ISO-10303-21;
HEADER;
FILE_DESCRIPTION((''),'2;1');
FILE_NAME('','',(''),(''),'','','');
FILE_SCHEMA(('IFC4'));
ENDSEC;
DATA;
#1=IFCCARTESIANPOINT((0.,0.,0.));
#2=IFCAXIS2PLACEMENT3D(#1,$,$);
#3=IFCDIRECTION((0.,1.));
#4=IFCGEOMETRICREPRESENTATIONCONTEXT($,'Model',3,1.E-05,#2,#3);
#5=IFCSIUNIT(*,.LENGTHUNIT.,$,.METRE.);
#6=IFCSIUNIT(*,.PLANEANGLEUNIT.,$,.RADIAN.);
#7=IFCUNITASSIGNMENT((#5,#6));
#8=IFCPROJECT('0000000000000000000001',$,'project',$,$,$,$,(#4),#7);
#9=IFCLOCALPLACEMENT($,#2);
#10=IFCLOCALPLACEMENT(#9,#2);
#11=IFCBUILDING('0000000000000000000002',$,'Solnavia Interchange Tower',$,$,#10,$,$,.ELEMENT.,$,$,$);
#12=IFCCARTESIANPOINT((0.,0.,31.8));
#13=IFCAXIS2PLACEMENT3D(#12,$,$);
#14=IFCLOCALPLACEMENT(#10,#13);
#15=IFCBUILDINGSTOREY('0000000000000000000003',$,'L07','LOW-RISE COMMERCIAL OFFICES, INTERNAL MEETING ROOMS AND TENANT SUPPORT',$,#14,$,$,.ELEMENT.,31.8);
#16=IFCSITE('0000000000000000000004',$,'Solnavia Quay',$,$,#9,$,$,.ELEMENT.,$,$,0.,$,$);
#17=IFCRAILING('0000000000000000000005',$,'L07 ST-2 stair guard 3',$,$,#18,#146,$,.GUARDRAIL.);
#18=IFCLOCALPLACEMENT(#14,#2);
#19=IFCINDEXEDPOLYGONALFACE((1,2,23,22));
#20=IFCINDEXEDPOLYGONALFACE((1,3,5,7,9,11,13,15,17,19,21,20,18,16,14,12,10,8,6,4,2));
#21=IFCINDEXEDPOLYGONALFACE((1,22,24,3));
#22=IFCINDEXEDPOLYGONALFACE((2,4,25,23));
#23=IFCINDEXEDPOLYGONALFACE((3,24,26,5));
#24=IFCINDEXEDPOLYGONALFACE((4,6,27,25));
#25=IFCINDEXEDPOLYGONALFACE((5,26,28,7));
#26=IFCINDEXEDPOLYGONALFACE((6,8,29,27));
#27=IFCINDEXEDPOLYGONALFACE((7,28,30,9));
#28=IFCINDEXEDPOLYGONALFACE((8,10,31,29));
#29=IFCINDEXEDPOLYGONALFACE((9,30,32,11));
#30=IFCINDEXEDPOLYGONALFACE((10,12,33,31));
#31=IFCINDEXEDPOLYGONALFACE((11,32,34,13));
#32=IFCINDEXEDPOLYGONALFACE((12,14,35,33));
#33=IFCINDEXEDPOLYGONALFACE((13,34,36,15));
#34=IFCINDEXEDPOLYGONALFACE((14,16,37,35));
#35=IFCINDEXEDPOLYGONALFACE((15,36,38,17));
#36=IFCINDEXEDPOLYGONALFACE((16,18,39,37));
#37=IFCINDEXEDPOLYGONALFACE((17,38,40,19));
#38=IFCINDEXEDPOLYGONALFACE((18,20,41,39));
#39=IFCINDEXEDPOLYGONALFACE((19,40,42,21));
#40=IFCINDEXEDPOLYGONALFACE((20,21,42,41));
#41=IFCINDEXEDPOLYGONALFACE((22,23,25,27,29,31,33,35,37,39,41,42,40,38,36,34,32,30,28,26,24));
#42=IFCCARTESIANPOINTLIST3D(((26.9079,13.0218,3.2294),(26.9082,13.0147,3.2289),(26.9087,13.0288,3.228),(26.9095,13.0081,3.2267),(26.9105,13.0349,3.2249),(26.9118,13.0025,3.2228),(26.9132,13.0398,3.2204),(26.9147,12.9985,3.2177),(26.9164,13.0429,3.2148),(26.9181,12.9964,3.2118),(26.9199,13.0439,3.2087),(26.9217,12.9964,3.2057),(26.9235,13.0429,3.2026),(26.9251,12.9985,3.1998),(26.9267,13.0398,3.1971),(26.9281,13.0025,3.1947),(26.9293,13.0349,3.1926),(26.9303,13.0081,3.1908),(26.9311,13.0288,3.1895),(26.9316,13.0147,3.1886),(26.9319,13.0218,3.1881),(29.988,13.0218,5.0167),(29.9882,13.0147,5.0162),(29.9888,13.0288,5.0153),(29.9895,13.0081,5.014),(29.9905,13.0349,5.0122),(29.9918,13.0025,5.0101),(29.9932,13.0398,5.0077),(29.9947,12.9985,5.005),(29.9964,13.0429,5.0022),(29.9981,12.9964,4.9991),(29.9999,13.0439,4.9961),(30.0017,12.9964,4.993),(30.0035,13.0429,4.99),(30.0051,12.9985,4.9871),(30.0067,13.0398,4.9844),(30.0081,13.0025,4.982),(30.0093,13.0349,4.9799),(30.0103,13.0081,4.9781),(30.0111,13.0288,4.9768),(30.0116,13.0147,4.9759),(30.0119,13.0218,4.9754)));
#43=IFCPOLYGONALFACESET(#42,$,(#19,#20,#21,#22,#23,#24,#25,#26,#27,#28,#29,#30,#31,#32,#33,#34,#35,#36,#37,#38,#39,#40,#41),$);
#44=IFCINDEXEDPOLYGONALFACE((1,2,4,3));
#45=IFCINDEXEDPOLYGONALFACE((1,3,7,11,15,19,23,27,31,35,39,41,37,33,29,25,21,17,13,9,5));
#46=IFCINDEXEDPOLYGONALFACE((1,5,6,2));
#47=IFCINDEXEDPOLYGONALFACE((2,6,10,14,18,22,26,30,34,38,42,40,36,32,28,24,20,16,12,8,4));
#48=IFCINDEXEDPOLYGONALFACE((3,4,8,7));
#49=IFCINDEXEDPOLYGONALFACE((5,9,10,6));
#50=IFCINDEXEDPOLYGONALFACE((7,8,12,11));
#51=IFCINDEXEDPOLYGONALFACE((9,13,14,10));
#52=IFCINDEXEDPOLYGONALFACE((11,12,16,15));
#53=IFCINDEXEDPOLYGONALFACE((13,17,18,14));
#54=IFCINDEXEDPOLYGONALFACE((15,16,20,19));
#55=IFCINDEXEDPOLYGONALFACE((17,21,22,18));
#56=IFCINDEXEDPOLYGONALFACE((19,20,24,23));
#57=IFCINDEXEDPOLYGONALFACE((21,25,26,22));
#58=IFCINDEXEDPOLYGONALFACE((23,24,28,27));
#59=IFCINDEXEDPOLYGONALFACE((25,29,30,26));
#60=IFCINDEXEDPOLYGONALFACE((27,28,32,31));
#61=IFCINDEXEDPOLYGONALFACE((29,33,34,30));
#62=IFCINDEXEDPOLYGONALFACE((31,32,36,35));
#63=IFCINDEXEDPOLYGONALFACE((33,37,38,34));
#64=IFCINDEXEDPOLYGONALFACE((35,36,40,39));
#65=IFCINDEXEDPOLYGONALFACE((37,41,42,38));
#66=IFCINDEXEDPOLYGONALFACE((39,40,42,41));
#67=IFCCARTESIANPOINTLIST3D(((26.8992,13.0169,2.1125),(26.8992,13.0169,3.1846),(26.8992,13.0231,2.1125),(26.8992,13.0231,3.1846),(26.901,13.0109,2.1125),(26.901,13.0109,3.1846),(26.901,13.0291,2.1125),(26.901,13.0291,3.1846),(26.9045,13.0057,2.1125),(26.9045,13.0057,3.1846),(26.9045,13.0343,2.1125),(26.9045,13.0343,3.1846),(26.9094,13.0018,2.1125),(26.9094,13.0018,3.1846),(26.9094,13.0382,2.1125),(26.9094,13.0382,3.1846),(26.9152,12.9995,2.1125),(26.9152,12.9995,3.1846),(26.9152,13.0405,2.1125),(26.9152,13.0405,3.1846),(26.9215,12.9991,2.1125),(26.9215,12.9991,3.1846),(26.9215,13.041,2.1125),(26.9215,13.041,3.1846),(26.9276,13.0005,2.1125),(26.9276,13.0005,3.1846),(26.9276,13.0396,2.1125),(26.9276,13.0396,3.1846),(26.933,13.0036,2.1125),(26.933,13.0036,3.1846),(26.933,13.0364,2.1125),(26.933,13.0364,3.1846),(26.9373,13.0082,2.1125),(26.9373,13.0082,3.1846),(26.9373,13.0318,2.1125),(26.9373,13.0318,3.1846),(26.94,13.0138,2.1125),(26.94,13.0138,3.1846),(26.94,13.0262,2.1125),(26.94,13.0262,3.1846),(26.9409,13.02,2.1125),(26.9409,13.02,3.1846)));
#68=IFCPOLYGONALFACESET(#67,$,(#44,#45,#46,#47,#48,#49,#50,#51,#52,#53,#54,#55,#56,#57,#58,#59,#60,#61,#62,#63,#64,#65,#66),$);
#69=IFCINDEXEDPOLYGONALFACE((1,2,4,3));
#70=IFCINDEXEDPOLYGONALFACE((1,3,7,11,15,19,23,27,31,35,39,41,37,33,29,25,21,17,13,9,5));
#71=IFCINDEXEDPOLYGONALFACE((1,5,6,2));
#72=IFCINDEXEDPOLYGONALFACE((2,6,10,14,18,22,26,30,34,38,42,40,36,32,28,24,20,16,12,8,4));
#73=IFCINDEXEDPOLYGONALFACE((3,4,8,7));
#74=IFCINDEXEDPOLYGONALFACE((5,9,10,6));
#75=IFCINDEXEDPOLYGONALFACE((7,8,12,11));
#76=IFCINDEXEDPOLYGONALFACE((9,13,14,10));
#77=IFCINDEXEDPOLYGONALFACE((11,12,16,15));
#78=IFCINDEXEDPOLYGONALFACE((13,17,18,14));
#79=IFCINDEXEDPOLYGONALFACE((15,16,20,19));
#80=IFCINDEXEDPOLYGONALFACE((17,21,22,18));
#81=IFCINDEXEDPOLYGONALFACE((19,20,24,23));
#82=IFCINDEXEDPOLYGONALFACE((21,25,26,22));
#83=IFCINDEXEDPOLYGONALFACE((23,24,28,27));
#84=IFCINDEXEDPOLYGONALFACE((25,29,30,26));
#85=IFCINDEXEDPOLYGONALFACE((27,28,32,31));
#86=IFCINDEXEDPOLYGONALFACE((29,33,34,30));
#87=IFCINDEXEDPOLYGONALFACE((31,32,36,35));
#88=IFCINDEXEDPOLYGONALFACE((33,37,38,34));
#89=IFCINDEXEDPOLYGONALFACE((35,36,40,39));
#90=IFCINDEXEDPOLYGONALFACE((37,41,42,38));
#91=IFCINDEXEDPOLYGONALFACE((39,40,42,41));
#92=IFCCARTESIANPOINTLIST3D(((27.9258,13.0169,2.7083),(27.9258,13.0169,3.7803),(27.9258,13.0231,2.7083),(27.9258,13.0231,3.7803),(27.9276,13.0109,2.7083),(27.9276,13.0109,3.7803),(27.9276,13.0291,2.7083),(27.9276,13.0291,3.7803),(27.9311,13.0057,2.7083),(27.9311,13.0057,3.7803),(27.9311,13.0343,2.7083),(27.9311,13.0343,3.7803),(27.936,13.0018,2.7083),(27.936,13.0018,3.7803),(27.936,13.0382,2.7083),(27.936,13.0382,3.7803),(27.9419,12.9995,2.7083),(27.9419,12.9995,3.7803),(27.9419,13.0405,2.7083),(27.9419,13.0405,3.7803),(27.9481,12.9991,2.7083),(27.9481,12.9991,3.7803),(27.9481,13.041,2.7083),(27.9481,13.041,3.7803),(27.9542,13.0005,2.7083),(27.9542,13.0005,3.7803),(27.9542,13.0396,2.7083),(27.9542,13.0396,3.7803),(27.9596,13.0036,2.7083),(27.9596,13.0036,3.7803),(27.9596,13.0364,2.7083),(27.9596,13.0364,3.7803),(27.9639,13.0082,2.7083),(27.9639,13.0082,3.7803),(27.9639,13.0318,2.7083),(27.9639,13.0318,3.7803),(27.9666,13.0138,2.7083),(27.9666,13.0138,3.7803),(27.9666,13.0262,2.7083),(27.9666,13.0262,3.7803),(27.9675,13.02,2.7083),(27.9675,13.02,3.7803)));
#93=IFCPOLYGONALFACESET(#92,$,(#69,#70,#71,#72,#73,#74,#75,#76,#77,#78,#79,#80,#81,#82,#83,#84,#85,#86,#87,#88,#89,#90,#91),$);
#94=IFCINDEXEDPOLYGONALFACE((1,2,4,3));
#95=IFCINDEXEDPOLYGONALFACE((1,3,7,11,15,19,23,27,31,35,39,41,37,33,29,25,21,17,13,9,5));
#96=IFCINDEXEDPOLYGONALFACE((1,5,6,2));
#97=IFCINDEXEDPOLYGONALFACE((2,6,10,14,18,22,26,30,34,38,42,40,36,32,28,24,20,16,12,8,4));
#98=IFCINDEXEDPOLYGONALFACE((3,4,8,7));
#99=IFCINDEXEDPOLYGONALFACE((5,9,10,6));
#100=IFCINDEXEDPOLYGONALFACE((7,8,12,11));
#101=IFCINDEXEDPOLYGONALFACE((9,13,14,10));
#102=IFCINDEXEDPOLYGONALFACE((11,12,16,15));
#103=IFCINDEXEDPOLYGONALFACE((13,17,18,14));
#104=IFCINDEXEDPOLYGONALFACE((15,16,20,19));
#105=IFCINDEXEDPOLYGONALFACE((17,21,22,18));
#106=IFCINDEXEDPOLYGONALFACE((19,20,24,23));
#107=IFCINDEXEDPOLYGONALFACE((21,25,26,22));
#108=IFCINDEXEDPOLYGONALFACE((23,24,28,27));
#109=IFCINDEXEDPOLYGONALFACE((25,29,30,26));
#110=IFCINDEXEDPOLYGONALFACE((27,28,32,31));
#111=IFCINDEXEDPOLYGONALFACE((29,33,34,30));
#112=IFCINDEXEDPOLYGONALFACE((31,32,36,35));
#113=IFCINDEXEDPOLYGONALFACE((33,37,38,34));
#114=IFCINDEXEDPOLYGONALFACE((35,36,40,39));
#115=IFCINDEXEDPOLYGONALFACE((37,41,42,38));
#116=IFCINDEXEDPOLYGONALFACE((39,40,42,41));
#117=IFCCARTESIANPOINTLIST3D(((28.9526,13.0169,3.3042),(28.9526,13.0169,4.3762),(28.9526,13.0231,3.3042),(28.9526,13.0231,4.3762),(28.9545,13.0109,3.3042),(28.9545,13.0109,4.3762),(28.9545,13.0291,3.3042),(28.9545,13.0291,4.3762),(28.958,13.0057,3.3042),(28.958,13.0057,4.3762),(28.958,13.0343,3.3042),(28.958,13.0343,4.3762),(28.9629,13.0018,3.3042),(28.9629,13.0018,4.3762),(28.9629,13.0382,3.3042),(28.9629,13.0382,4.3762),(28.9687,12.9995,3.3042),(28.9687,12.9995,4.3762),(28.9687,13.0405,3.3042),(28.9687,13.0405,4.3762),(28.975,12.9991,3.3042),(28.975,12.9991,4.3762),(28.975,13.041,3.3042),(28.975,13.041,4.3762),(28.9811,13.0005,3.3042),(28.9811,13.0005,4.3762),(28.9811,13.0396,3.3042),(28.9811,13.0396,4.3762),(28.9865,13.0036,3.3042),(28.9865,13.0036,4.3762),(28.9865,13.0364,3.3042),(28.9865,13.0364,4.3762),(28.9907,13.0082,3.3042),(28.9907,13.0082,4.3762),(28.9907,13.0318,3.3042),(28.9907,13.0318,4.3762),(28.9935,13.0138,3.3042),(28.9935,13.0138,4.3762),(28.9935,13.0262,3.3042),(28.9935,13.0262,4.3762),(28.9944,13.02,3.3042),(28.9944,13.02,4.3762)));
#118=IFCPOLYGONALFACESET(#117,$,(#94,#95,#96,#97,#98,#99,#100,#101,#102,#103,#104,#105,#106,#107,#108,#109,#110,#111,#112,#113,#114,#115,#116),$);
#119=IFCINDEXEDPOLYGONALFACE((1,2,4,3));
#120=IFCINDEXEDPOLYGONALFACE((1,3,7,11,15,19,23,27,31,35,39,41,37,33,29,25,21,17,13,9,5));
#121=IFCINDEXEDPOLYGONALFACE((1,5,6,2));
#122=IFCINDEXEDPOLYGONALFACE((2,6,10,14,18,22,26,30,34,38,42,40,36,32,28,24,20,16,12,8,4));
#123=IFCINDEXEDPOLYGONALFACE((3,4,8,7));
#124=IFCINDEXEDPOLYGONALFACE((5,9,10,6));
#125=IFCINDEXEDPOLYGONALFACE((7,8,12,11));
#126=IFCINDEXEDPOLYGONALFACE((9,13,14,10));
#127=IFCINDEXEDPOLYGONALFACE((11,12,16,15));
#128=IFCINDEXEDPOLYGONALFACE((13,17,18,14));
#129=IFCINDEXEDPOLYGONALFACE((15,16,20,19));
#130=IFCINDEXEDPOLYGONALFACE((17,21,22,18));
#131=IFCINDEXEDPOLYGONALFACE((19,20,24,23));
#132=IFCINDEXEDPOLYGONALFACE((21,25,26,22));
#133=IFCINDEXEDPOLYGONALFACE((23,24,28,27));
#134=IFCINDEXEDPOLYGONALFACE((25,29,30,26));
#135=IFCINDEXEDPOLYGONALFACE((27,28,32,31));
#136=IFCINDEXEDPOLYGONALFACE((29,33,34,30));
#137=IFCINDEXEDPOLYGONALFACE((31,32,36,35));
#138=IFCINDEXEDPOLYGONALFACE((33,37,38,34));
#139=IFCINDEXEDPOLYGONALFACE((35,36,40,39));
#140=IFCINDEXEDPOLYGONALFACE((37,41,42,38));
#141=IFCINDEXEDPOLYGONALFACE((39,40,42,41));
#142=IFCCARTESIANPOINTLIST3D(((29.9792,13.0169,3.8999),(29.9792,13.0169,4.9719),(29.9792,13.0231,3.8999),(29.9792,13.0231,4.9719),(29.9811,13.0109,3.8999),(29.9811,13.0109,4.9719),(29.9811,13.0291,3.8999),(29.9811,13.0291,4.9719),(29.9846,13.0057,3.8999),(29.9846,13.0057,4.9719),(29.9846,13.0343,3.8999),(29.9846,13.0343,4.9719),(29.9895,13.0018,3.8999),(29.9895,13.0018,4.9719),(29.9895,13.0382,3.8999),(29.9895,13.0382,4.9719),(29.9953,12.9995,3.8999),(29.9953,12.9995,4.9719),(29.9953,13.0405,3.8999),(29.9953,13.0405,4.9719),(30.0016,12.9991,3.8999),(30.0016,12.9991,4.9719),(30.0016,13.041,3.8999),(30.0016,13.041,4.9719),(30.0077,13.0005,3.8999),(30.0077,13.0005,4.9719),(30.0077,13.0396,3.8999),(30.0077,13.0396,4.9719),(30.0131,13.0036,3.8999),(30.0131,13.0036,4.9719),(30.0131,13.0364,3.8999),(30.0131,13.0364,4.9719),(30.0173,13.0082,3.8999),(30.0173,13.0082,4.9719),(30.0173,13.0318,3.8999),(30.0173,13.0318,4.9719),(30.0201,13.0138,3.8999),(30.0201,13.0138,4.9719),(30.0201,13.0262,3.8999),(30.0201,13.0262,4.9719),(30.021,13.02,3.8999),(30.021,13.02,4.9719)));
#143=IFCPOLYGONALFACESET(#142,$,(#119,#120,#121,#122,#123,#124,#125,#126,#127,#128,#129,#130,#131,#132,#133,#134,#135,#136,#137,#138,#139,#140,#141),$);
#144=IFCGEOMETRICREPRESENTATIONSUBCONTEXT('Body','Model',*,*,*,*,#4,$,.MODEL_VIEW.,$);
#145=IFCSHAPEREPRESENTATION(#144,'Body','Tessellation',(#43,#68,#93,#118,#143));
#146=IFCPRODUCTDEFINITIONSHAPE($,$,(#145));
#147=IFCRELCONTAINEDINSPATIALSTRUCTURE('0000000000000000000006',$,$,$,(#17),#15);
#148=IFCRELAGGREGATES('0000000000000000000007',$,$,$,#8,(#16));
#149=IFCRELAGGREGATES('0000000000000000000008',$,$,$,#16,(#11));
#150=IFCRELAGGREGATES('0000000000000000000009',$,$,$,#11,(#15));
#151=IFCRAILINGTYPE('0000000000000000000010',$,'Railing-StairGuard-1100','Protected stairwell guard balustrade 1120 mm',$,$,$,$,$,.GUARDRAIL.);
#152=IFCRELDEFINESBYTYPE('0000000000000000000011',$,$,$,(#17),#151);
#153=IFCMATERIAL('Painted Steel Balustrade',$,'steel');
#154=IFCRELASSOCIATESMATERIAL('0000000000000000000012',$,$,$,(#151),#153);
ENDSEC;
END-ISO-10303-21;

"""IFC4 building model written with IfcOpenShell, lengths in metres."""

from ifc_helpers import new_model, si_unit, direction, frame, origin, origin_2d, place, context, subcontext, project, spatial, circle, extrude, material, type_object, element, save


model = new_model("IFC4")

# Units and contexts
model_context = context("Model", 3, precision=1e-05, world=origin(), true_north=direction((0.0, 1.0)))
body_context = subcontext(model_context, "Body", "Model", "MODEL_VIEW")
ifc_project = project(units=[si_unit("LENGTHUNIT", "METRE"), si_unit("PLANEANGLEUNIT", "RADIAN")], contexts=[model_context])

# Site, building, storey
site_placement = place(None, origin())
site = spatial("IfcSite", under=ifc_project, at=site_placement, Name="Solnavia Quay", CompositionType="ELEMENT", RefElevation=0.0)
building_placement = place(site_placement, origin())
building = spatial("IfcBuilding", under=site, at=building_placement, Name="Solnavia Interchange Tower", CompositionType="ELEMENT")
storey_placement = place(building_placement, frame((0.0, 0.0, 31.8)))
storey = spatial("IfcBuildingStorey", under=building, at=storey_placement, Name="L07", Description="LOW-RISE COMMERCIAL OFFICES, INTERNAL MEETING ROOMS AND TENANT SUPPORT", CompositionType="ELEMENT", Elevation=31.8)

# Railing
ifc_material_1 = material(Name="Painted Steel Balustrade", Category="steel")
railing_type_1 = type_object("IfcRailingType", Name="Railing-StairGuard-1100", Description="Protected stairwell guard balustrade 1120 mm", PredefinedType="GUARDRAIL", material=ifc_material_1)
railing_1_placement = place(storey_placement, frame((26.9199, 13.02, 2.1125)))
element("IfcRailing", 1, at=railing_1_placement, inside=storey, type_object=railing_type_1, Name="L07 ST-2 stair guard 3", PredefinedType="GUARDRAIL", context=body_context, shape_type="SweptSolid", body=[
    extrude(circle(Radius=0.0239, at=origin_2d()), frame((0.0, 0.0, 1.0962), z_axis=(0.86492, 0.0, 0.501909), x_axis=(0.0, 1.0, 0.0)), (0.0, 0.0, 1.0), 3.561),
    extrude(circle(Radius=0.021, at=origin_2d()), origin(), (0.0, 0.0, 1.0), 1.072),
    extrude(circle(Radius=0.021, at=origin_2d()), frame((1.0266, 0.0, 0.5957)), (0.0, 0.0, 1.0), 1.072),
    extrude(circle(Radius=0.021, at=origin_2d()), frame((2.0535, 0.0, 1.1917)), (0.0, 0.0, 1.0), 1.072),
    extrude(circle(Radius=0.021, at=origin_2d()), frame((3.0801, 0.0, 1.7874)), (0.0, 0.0, 1.0), 1.072),
])

save(model, "model.ifc")
